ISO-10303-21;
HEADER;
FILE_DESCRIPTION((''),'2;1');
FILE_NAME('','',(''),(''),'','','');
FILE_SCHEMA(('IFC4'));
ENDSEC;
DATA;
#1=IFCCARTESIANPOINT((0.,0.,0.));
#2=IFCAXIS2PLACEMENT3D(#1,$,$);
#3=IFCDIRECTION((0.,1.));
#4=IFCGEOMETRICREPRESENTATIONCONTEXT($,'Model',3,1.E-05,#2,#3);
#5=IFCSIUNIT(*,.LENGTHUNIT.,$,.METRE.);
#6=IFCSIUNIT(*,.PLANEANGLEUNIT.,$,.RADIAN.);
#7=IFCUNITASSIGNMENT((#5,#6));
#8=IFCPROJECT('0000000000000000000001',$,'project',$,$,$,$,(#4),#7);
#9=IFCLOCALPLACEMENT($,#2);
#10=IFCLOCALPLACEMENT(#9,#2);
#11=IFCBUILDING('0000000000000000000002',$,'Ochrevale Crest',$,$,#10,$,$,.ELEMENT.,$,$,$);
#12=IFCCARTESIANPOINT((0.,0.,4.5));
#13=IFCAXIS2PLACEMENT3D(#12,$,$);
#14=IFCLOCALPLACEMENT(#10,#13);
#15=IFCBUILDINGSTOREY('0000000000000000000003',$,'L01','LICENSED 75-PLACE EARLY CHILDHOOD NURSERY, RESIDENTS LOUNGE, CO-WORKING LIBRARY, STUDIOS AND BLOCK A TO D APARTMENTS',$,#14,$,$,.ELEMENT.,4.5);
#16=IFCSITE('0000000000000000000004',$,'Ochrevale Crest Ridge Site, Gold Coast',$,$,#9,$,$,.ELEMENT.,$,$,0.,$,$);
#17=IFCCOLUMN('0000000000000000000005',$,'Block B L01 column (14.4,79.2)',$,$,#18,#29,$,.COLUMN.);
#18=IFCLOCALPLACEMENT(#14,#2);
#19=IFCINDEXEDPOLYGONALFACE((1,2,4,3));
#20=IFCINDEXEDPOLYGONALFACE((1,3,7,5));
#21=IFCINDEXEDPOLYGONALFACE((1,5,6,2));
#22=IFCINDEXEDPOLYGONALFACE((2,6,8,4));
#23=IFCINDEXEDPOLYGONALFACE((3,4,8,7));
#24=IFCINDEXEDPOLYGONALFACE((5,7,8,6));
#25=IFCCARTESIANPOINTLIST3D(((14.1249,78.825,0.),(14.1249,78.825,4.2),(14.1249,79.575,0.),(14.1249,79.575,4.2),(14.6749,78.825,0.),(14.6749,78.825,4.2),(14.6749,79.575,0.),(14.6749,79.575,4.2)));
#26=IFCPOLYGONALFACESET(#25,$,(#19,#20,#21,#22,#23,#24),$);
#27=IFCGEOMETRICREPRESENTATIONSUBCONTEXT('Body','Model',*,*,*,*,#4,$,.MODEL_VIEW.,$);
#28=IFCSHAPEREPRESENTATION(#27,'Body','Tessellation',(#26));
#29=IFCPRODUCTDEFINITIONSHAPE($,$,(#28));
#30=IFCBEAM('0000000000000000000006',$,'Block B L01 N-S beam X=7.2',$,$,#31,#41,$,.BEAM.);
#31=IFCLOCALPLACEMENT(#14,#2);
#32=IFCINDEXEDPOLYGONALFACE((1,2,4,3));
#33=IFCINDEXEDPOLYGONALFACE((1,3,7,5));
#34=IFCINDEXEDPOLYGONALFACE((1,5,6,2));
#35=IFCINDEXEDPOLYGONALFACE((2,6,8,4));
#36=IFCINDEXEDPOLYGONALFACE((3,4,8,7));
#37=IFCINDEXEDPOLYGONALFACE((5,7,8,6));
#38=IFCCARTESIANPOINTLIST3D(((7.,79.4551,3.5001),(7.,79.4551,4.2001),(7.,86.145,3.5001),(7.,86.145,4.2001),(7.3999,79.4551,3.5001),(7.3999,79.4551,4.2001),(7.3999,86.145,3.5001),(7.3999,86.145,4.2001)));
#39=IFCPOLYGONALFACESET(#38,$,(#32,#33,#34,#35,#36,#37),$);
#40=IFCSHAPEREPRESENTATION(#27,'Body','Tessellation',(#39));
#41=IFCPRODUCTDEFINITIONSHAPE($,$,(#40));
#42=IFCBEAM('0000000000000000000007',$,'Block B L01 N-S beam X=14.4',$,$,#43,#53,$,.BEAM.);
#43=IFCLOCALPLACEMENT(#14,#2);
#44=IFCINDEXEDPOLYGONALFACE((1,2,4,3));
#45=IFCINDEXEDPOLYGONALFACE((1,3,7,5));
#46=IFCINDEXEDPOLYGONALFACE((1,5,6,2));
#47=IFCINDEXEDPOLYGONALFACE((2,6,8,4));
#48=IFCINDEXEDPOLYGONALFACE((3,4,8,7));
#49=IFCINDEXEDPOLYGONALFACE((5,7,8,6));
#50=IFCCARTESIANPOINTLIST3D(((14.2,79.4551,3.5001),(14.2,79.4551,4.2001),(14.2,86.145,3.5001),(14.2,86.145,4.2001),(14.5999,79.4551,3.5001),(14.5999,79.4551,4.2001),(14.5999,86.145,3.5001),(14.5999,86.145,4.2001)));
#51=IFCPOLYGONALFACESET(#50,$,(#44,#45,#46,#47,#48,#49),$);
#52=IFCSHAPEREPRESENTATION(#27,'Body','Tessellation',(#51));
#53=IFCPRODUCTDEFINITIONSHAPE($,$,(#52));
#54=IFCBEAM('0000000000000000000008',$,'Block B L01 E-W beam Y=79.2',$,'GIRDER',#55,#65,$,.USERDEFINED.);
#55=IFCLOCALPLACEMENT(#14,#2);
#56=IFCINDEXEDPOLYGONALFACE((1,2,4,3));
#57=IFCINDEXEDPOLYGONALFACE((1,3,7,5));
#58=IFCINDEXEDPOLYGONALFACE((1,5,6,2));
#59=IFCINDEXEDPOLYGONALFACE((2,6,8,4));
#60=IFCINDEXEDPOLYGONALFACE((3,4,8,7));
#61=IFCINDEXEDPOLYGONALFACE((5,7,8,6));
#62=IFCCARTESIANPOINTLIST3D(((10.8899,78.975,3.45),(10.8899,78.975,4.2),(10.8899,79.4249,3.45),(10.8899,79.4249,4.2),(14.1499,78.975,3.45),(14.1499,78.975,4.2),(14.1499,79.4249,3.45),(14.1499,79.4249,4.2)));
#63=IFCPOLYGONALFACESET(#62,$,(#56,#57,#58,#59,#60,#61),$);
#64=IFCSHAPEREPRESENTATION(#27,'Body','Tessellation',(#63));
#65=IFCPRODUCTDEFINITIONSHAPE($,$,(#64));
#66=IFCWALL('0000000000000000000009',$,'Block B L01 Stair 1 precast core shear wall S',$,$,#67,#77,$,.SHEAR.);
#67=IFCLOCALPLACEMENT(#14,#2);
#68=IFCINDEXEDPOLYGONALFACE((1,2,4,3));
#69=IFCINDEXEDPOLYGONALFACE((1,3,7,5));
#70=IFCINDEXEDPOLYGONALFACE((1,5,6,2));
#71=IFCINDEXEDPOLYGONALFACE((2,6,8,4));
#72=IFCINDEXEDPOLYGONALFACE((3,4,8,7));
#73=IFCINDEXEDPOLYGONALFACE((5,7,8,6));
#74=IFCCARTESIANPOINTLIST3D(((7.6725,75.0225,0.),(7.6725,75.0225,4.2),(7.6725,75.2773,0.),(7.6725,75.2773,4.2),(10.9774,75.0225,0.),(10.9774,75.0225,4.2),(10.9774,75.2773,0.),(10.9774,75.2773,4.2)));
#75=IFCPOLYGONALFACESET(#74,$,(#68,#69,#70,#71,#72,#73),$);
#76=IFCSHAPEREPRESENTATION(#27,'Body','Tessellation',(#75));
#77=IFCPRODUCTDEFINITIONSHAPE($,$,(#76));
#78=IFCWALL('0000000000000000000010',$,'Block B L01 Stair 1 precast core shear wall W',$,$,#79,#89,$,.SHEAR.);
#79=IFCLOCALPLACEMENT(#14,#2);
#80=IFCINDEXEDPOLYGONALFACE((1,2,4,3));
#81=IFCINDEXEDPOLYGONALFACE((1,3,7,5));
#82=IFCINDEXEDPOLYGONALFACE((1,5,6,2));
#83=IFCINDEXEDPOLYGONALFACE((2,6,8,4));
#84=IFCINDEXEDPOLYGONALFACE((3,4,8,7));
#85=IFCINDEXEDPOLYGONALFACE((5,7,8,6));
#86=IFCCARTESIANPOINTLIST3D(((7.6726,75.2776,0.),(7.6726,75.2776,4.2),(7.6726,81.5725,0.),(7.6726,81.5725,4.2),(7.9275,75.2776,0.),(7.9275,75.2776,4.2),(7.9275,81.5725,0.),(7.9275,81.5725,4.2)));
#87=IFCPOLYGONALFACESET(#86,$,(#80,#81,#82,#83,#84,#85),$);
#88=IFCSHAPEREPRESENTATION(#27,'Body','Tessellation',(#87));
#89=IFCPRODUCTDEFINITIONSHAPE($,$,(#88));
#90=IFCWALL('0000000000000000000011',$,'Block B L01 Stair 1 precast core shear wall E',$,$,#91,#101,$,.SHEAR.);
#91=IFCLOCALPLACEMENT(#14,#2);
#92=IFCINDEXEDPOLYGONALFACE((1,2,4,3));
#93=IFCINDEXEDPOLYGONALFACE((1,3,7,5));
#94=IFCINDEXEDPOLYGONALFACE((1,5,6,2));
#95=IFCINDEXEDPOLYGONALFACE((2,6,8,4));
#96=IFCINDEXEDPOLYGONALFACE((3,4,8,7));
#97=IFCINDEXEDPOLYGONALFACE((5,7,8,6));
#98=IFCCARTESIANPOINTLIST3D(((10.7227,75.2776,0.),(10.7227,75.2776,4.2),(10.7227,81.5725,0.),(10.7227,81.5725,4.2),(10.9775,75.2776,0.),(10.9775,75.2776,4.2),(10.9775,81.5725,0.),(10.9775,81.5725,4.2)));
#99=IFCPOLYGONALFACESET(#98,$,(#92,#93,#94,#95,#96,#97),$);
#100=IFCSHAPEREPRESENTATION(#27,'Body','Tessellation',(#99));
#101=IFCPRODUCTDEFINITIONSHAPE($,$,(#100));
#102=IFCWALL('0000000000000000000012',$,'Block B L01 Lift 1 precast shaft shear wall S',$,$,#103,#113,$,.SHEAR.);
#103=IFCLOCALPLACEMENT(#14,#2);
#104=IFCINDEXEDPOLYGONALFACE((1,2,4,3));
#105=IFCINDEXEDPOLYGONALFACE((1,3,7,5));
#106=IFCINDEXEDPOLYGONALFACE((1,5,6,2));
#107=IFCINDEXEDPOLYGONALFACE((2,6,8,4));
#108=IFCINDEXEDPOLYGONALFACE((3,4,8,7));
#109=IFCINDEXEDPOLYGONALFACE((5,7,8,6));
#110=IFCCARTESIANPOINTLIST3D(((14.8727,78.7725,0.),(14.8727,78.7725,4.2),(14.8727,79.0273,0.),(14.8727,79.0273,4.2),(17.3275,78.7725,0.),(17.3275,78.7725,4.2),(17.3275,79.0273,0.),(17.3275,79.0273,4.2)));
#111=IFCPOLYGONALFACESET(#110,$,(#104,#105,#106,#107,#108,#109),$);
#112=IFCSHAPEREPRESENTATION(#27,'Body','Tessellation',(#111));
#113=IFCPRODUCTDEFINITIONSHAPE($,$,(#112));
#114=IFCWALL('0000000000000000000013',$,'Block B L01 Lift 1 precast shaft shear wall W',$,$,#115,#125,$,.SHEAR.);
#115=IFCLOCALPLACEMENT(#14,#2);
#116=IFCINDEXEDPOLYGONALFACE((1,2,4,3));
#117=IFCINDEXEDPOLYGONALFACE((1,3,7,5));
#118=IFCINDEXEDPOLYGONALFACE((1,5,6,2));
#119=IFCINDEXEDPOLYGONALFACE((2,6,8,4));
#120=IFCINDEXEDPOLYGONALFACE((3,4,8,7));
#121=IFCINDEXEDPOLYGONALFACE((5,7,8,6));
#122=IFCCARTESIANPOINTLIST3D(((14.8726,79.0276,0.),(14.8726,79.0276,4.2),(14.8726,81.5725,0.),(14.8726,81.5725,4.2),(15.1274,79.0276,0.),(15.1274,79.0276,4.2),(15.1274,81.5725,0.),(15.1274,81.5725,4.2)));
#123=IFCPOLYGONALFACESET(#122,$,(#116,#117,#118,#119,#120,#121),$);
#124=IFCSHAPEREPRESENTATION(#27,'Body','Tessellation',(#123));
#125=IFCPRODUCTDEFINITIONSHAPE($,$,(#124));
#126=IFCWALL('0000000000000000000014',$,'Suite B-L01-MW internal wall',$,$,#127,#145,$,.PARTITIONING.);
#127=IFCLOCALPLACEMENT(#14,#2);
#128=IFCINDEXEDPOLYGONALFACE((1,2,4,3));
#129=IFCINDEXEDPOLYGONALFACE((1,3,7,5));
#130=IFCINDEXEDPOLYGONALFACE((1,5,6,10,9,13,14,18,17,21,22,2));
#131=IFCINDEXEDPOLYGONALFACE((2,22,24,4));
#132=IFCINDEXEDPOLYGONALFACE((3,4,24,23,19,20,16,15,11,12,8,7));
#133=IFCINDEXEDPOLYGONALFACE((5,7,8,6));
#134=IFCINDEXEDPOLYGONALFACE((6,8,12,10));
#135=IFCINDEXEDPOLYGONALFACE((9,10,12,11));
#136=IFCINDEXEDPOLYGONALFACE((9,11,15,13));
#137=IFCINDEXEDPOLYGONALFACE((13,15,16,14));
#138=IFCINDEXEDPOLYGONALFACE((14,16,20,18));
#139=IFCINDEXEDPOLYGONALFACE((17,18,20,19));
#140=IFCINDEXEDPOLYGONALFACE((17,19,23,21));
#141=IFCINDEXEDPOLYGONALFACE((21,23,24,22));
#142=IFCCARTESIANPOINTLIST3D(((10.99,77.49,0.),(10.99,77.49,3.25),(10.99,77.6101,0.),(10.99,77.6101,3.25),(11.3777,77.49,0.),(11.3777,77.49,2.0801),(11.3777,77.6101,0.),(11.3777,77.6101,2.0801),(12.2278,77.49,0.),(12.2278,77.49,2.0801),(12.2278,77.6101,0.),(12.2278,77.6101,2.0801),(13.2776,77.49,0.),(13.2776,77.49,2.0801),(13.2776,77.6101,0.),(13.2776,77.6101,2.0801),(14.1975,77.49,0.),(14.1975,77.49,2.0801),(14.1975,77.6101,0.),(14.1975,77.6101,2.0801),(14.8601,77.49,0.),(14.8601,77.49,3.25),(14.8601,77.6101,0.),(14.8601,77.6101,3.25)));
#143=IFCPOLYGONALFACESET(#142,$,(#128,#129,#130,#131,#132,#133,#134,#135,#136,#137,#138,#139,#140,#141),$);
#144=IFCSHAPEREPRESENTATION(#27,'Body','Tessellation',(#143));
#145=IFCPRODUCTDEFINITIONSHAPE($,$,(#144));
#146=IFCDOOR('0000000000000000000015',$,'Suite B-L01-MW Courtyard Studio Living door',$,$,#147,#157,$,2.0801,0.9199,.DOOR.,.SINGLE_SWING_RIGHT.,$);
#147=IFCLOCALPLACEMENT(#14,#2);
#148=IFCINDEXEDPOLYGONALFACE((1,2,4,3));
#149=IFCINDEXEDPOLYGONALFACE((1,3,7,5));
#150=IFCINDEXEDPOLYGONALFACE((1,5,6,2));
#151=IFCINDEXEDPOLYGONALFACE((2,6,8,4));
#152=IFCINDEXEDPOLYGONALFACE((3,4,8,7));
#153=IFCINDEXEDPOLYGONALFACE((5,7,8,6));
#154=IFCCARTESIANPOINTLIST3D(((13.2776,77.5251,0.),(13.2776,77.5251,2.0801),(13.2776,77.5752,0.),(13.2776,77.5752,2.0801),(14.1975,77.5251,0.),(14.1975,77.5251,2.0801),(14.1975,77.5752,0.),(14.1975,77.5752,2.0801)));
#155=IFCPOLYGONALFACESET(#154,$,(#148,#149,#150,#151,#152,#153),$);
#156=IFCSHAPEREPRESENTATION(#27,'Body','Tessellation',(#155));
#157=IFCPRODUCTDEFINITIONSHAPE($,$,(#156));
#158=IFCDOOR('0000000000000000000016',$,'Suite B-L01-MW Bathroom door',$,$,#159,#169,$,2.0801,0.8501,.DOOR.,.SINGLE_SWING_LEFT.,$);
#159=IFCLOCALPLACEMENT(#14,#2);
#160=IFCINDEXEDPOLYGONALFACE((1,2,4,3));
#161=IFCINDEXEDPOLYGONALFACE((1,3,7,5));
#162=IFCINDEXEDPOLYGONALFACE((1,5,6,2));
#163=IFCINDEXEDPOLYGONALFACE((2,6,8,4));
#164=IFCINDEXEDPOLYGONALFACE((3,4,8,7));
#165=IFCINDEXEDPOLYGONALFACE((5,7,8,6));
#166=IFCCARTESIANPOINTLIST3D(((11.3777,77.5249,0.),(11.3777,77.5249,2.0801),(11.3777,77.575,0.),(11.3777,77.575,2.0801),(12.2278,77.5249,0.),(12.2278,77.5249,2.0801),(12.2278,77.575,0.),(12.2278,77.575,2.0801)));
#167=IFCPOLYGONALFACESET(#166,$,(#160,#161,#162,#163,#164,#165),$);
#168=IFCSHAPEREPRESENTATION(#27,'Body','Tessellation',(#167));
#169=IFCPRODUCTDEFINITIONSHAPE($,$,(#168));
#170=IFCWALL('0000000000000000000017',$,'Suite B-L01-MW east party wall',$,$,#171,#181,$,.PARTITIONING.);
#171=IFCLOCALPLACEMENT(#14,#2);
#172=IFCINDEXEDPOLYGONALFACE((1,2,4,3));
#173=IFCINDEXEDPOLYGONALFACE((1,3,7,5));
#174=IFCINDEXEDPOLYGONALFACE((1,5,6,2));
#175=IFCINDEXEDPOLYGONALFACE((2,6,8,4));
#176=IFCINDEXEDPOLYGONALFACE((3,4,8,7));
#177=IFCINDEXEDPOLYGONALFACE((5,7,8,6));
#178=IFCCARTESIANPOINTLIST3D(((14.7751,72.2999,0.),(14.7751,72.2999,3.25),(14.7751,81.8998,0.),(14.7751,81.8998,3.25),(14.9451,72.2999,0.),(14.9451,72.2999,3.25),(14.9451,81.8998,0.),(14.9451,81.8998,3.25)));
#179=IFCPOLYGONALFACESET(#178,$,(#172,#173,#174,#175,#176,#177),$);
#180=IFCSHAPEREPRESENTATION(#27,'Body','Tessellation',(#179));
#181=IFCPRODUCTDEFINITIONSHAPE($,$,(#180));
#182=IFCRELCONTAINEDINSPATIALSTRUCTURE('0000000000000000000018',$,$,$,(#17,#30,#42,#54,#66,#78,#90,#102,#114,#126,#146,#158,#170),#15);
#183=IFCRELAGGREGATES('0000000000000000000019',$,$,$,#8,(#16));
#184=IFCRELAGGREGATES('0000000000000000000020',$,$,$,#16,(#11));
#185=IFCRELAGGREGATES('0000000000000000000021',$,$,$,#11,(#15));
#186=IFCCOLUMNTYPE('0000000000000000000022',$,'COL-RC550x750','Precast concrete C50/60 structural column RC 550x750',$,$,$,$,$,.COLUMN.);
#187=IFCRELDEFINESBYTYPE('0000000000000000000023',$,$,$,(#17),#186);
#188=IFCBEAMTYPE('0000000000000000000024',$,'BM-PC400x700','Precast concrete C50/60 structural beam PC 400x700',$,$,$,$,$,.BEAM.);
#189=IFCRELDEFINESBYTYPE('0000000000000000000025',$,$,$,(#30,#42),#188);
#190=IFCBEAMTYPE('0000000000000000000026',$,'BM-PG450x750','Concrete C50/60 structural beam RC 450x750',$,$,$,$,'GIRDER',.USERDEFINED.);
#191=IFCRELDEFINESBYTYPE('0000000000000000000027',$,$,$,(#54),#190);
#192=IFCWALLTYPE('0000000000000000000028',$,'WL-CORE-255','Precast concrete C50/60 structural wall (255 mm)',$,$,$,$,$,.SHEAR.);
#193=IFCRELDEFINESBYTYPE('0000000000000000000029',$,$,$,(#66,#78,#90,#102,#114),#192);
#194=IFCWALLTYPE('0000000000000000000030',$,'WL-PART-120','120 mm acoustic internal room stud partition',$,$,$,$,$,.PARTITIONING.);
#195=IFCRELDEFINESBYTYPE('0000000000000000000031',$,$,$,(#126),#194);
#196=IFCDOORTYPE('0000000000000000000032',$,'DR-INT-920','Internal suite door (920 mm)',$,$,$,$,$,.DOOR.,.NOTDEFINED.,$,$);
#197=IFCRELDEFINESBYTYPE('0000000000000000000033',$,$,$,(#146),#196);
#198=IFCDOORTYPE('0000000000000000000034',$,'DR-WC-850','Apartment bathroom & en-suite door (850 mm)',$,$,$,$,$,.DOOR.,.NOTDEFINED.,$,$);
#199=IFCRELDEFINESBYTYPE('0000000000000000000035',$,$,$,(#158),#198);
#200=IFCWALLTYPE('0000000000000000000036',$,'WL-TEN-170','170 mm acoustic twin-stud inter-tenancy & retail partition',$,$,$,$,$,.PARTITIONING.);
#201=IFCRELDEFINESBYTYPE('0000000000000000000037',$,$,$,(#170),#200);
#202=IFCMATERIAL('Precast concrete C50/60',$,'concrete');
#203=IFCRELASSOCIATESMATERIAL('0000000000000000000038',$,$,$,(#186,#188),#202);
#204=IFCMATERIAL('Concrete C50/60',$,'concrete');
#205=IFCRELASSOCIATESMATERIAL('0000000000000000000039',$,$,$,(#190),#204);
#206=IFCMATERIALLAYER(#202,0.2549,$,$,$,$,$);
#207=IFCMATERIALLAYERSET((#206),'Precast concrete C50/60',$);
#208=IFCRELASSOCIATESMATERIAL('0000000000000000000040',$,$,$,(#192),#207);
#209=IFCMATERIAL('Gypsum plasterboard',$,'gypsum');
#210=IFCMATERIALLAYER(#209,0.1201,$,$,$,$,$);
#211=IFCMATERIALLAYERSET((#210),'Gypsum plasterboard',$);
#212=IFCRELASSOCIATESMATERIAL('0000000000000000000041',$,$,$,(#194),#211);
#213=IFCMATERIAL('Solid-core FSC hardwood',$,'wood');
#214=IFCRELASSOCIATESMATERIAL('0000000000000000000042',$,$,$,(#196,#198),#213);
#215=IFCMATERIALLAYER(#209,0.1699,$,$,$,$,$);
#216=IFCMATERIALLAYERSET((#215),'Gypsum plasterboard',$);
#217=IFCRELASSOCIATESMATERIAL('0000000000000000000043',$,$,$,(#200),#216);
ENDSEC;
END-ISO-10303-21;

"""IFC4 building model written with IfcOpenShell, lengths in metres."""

from ifc_helpers import new_model, si_unit, direction, frame, frame_2d, origin, origin_2d, place, context, subcontext, project, spatial, rectangle, extrude, material, layer, layer_set, material_profile, profile_set, type_object, element, fill, save


model = new_model("IFC4")

# Units and contexts
model_context = context("Model", 3, precision=1e-05, world=origin(), true_north=direction((0.0, 1.0)))
body_context = subcontext(model_context, "Body", "Model", "MODEL_VIEW")
ifc_project = project(units=[si_unit("LENGTHUNIT", "METRE"), si_unit("PLANEANGLEUNIT", "RADIAN")], contexts=[model_context])

# Site, building, storey
site_placement = place(None, origin())
site = spatial("IfcSite", under=ifc_project, at=site_placement, Name="Ochrevale Crest Ridge Site, Gold Coast", CompositionType="ELEMENT", RefElevation=0.0)
building_placement = place(site_placement, origin())
building = spatial("IfcBuilding", under=site, at=building_placement, Name="Ochrevale Crest", CompositionType="ELEMENT")
storey_placement = place(building_placement, frame((0.0, 0.0, 4.5)))
storey = spatial("IfcBuildingStorey", under=building, at=storey_placement, Name="L01", Description="LICENSED 75-PLACE EARLY CHILDHOOD NURSERY, RESIDENTS LOUNGE, CO-WORKING LIBRARY, STUDIOS AND BLOCK A TO D APARTMENTS", CompositionType="ELEMENT", Elevation=4.5)

# Column
ifc_material_1 = material(Name="Precast concrete C50/60", Category="concrete")
ifc_material_profile_1 = material_profile(ifc_material_1, rectangle(XDim=0.55, YDim=0.75, at=origin_2d()), Name="RC 550x750")
ifc_profile_set_1 = profile_set([ifc_material_profile_1], Name="Precast concrete C50/60")
column_type = type_object("IfcColumnType", Name="COL-RC550x750", Description="Precast concrete C50/60 structural column RC 550x750", PredefinedType="COLUMN", material=ifc_profile_set_1)
column_placement = place(storey_placement, frame((14.3999, 79.2, 0.0), z_axis=(0.0, 0.0, 1.0), x_axis=(1.0, 0.0, 0.0)))
element("IfcColumn", 1, at=column_placement, inside=storey, type_object=column_type, Name="Block B L01 column (14.4,79.2)", PredefinedType="COLUMN", context=body_context, shape_type="SweptSolid", body=[
    extrude(rectangle(XDim=0.55, YDim=0.75, at=origin_2d()), origin(), (0.0, 0.0, 1.0), 4.2),
])

# Beams
ifc_material_profile_2 = material_profile(ifc_material_1, rectangle(XDim=0.3999, YDim=0.7, at=origin_2d()), Name="PC 400x700")
ifc_profile_set_2 = profile_set([ifc_material_profile_2], Name="Precast concrete C50/60")
beam_type_1 = type_object("IfcBeamType", Name="BM-PC400x700", Description="Precast concrete C50/60 structural beam PC 400x700", PredefinedType="BEAM", material=ifc_profile_set_2)
for number, where, z_axis, x_axis, name in (
    (2, (7.2, 79.4551, 3.8501), (0.0, 1.0, 0.0), (-1.0, 0.0, 0.0), "Block B L01 N-S beam X=7.2"),
    (3, (14.3999, 79.4551, 3.8501), (0.0, 1.0, 0.0), (-1.0, 0.0, 0.0), "Block B L01 N-S beam X=14.4"),
):
    element("IfcBeam", number, at=place(storey_placement, frame(where, z_axis=z_axis, x_axis=x_axis)), inside=storey, type_object=beam_type_1, Name=name, PredefinedType="BEAM", context=body_context, shape_type="SweptSolid", body=[
        extrude(rectangle(XDim=0.3999, YDim=0.7, at=origin_2d()), origin(), (0.0, 0.0, 1.0), 6.6899),
    ])
ifc_material_2 = material(Name="Concrete C50/60", Category="concrete")
ifc_material_profile_3 = material_profile(ifc_material_2, rectangle(XDim=0.45, YDim=0.75, at=origin_2d()), Name="RC 450x750")
ifc_profile_set_3 = profile_set([ifc_material_profile_3], Name="Concrete C50/60")
beam_type_2 = type_object("IfcBeamType", Name="BM-PG450x750", Description="Concrete C50/60 structural beam RC 450x750", ElementType="GIRDER", PredefinedType="USERDEFINED", material=ifc_profile_set_3)
beam_placement = place(storey_placement, frame((10.8899, 79.2, 3.825), z_axis=(1.0, 0.0, 0.0), x_axis=(0.0, 1.0, 0.0)))
element("IfcBeam", 4, at=beam_placement, inside=storey, type_object=beam_type_2, Name="Block B L01 E-W beam Y=79.2", ObjectType="GIRDER", PredefinedType="USERDEFINED", context=body_context, shape_type="SweptSolid", body=[
    extrude(rectangle(XDim=0.45, YDim=0.75, at=origin_2d()), origin(), (0.0, 0.0, 1.0), 3.26),
])

# Walls
ifc_layer_1 = layer(ifc_material_1, 0.2549)
ifc_layer_set_1 = layer_set([ifc_layer_1], Name="Precast concrete C50/60")
wall_type_1 = type_object("IfcWallType", Name="WL-CORE-255", Description="Precast concrete C50/60 structural wall (255 mm)", PredefinedType="SHEAR", material=ifc_layer_set_1)
wall_1_placement = place(storey_placement, frame((7.6726, 75.1499, 0.0), z_axis=(0.0, 0.0, 1.0), x_axis=(1.0, 0.0, 0.0)))
element("IfcWall", 5, at=wall_1_placement, inside=storey, type_object=wall_type_1, Name="Block B L01 Stair 1 precast core shear wall S", PredefinedType="SHEAR", context=body_context, shape_type="SweptSolid", body=[
    extrude(rectangle(XDim=3.3049, YDim=0.2549, at=frame_2d((1.6523, 0.0))), origin(), (0.0, 0.0, 1.0), 4.2),
])
for number, where, z_axis, x_axis, name in (
    (6, (7.8, 75.2776, 0.0), (0.0, 0.0, 1.0), (0.0, 1.0, 0.0), "Block B L01 Stair 1 precast core shear wall W"),
    (7, (10.8501, 75.2776, 0.0), (0.0, 0.0, 1.0), (0.0, 1.0, 0.0), "Block B L01 Stair 1 precast core shear wall E"),
):
    element("IfcWall", number, at=place(storey_placement, frame(where, z_axis=z_axis, x_axis=x_axis)), inside=storey, type_object=wall_type_1, Name=name, PredefinedType="SHEAR", context=body_context, shape_type="SweptSolid", body=[
        extrude(rectangle(XDim=6.2949, YDim=0.2549, at=frame_2d((3.1475, 0.0))), origin(), (0.0, 0.0, 1.0), 4.2),
    ])
wall_2_placement = place(storey_placement, frame((14.8726, 78.8999, 0.0), z_axis=(0.0, 0.0, 1.0), x_axis=(1.0, 0.0, 0.0)))
element("IfcWall", 8, at=wall_2_placement, inside=storey, type_object=wall_type_1, Name="Block B L01 Lift 1 precast shaft shear wall S", PredefinedType="SHEAR", context=body_context, shape_type="SweptSolid", body=[
    extrude(rectangle(XDim=2.4548, YDim=0.2549, at=frame_2d((1.2275, 0.0))), origin(), (0.0, 0.0, 1.0), 4.2),
])
wall_3_placement = place(storey_placement, frame((15.0, 79.0276, 0.0), z_axis=(0.0, 0.0, 1.0), x_axis=(0.0, 1.0, 0.0)))
element("IfcWall", 9, at=wall_3_placement, inside=storey, type_object=wall_type_1, Name="Block B L01 Lift 1 precast shaft shear wall W", PredefinedType="SHEAR", context=body_context, shape_type="SweptSolid", body=[
    extrude(rectangle(XDim=2.5449, YDim=0.2549, at=frame_2d((1.2725, 0.0))), origin(), (0.0, 0.0, 1.0), 4.2),
])

# Wall, openings, doors
ifc_material_3 = material(Name="Gypsum plasterboard", Category="gypsum")
ifc_layer_2 = layer(ifc_material_3, 0.1201)
ifc_layer_set_2 = layer_set([ifc_layer_2], Name="Gypsum plasterboard")
wall_type_2 = type_object("IfcWallType", Name="WL-PART-120", Description="120 mm acoustic internal room stud partition", PredefinedType="PARTITIONING", material=ifc_layer_set_2)
wall_4_placement = place(storey_placement, frame((10.99, 77.55, 0.0), z_axis=(0.0, 0.0, 1.0), x_axis=(1.0, 0.0, 0.0)))
wall_4 = element("IfcWall", 10, at=wall_4_placement, inside=storey, type_object=wall_type_2, Name="Suite B-L01-MW internal wall", PredefinedType="PARTITIONING", context=body_context, shape_type="SweptSolid", body=[
    extrude(rectangle(XDim=3.8701, YDim=0.1201, at=frame_2d((1.9351, 0.0))), origin(), (0.0, 0.0, 1.0), 3.25),
])
opening_1_placement = place(wall_4_placement, frame((0.3877, 0.0, 0.0)))
opening_1 = element("IfcOpeningElement", 11, at=opening_1_placement, cuts=wall_4, PredefinedType="OPENING", context=body_context, shape_type="SweptSolid", body=[
    extrude(rectangle(XDim=0.8501, YDim=2.0801, at=frame_2d((0.425, 1.04))), frame((0.0, 0.0701, 0.0), z_axis=(0.0, -1.0, 0.0), x_axis=(1.0, 0.0, 0.0)), (0.0, 0.0, 1.0), 0.1401),
])
opening_2_placement = place(wall_4_placement, frame((3.2075, 0.0, 0.0), z_axis=(0.0, 0.0, 1.0), x_axis=(-1.0, 0.0, 0.0)))
opening_2 = element("IfcOpeningElement", 12, at=opening_2_placement, cuts=wall_4, PredefinedType="OPENING", context=body_context, shape_type="SweptSolid", body=[
    extrude(rectangle(XDim=0.9199, YDim=2.0801, at=frame_2d((0.46, 1.04))), frame((0.0, 0.0701, 0.0), z_axis=(0.0, -1.0, 0.0), x_axis=(1.0, 0.0, 0.0)), (0.0, 0.0, 1.0), 0.1401),
])
ifc_material_4 = material(Name="Solid-core FSC hardwood", Category="wood")
door_type_1 = type_object("IfcDoorType", Name="DR-INT-920", Description="Internal suite door (920 mm)", OperationType="NOTDEFINED", PredefinedType="DOOR", material=ifc_material_4)
door_1_placement = place(opening_2_placement, origin())
door_1 = element("IfcDoor", 13, at=door_1_placement, inside=storey, type_object=door_type_1, Name="Suite B-L01-MW Courtyard Studio Living door", OperationType="SINGLE_SWING_RIGHT", OverallHeight=2.0801, OverallWidth=0.9199, PredefinedType="DOOR", context=body_context, shape_type="SweptSolid", body=[
    extrude(rectangle(XDim=0.9199, YDim=2.0801, at=frame_2d((0.46, 1.04))), frame((0.0, 0.0249, 0.0), z_axis=(0.0, -1.0, 0.0), x_axis=(1.0, 0.0, 0.0)), (0.0, 0.0, 1.0), 0.05),
])
fill(opening_2, door_1)
door_type_2 = type_object("IfcDoorType", Name="DR-WC-850", Description="Apartment bathroom & en-suite door (850 mm)", OperationType="NOTDEFINED", PredefinedType="DOOR", material=ifc_material_4)
door_2_placement = place(opening_1_placement, origin())
door_2 = element("IfcDoor", 14, at=door_2_placement, inside=storey, type_object=door_type_2, Name="Suite B-L01-MW Bathroom door", OperationType="SINGLE_SWING_LEFT", OverallHeight=2.0801, OverallWidth=0.8501, PredefinedType="DOOR", context=body_context, shape_type="SweptSolid", body=[
    extrude(rectangle(XDim=0.8501, YDim=2.0801, at=frame_2d((0.425, 1.04))), frame((0.0, 0.0249, 0.0), z_axis=(0.0, -1.0, 0.0), x_axis=(1.0, 0.0, 0.0)), (0.0, 0.0, 1.0), 0.05),
])
fill(opening_1, door_2)

# Wall
ifc_layer_3 = layer(ifc_material_3, 0.1699)
ifc_layer_set_3 = layer_set([ifc_layer_3], Name="Gypsum plasterboard")
wall_type_3 = type_object("IfcWallType", Name="WL-TEN-170", Description="170 mm acoustic twin-stud inter-tenancy & retail partition", PredefinedType="PARTITIONING", material=ifc_layer_set_3)
wall_5_placement = place(storey_placement, frame((14.8601, 72.3, 0.0), z_axis=(0.0, 0.0, 1.0), x_axis=(0.0, 1.0, 0.0)))
element("IfcWall", 15, at=wall_5_placement, inside=storey, type_object=wall_type_3, Name="Suite B-L01-MW east party wall", PredefinedType="PARTITIONING", context=body_context, shape_type="SweptSolid", body=[
    extrude(rectangle(XDim=9.5999, YDim=0.1699, at=frame_2d((4.7998, 0.0))), origin(), (0.0, 0.0, 1.0), 3.25),
])

save(model, "model.ifc")
